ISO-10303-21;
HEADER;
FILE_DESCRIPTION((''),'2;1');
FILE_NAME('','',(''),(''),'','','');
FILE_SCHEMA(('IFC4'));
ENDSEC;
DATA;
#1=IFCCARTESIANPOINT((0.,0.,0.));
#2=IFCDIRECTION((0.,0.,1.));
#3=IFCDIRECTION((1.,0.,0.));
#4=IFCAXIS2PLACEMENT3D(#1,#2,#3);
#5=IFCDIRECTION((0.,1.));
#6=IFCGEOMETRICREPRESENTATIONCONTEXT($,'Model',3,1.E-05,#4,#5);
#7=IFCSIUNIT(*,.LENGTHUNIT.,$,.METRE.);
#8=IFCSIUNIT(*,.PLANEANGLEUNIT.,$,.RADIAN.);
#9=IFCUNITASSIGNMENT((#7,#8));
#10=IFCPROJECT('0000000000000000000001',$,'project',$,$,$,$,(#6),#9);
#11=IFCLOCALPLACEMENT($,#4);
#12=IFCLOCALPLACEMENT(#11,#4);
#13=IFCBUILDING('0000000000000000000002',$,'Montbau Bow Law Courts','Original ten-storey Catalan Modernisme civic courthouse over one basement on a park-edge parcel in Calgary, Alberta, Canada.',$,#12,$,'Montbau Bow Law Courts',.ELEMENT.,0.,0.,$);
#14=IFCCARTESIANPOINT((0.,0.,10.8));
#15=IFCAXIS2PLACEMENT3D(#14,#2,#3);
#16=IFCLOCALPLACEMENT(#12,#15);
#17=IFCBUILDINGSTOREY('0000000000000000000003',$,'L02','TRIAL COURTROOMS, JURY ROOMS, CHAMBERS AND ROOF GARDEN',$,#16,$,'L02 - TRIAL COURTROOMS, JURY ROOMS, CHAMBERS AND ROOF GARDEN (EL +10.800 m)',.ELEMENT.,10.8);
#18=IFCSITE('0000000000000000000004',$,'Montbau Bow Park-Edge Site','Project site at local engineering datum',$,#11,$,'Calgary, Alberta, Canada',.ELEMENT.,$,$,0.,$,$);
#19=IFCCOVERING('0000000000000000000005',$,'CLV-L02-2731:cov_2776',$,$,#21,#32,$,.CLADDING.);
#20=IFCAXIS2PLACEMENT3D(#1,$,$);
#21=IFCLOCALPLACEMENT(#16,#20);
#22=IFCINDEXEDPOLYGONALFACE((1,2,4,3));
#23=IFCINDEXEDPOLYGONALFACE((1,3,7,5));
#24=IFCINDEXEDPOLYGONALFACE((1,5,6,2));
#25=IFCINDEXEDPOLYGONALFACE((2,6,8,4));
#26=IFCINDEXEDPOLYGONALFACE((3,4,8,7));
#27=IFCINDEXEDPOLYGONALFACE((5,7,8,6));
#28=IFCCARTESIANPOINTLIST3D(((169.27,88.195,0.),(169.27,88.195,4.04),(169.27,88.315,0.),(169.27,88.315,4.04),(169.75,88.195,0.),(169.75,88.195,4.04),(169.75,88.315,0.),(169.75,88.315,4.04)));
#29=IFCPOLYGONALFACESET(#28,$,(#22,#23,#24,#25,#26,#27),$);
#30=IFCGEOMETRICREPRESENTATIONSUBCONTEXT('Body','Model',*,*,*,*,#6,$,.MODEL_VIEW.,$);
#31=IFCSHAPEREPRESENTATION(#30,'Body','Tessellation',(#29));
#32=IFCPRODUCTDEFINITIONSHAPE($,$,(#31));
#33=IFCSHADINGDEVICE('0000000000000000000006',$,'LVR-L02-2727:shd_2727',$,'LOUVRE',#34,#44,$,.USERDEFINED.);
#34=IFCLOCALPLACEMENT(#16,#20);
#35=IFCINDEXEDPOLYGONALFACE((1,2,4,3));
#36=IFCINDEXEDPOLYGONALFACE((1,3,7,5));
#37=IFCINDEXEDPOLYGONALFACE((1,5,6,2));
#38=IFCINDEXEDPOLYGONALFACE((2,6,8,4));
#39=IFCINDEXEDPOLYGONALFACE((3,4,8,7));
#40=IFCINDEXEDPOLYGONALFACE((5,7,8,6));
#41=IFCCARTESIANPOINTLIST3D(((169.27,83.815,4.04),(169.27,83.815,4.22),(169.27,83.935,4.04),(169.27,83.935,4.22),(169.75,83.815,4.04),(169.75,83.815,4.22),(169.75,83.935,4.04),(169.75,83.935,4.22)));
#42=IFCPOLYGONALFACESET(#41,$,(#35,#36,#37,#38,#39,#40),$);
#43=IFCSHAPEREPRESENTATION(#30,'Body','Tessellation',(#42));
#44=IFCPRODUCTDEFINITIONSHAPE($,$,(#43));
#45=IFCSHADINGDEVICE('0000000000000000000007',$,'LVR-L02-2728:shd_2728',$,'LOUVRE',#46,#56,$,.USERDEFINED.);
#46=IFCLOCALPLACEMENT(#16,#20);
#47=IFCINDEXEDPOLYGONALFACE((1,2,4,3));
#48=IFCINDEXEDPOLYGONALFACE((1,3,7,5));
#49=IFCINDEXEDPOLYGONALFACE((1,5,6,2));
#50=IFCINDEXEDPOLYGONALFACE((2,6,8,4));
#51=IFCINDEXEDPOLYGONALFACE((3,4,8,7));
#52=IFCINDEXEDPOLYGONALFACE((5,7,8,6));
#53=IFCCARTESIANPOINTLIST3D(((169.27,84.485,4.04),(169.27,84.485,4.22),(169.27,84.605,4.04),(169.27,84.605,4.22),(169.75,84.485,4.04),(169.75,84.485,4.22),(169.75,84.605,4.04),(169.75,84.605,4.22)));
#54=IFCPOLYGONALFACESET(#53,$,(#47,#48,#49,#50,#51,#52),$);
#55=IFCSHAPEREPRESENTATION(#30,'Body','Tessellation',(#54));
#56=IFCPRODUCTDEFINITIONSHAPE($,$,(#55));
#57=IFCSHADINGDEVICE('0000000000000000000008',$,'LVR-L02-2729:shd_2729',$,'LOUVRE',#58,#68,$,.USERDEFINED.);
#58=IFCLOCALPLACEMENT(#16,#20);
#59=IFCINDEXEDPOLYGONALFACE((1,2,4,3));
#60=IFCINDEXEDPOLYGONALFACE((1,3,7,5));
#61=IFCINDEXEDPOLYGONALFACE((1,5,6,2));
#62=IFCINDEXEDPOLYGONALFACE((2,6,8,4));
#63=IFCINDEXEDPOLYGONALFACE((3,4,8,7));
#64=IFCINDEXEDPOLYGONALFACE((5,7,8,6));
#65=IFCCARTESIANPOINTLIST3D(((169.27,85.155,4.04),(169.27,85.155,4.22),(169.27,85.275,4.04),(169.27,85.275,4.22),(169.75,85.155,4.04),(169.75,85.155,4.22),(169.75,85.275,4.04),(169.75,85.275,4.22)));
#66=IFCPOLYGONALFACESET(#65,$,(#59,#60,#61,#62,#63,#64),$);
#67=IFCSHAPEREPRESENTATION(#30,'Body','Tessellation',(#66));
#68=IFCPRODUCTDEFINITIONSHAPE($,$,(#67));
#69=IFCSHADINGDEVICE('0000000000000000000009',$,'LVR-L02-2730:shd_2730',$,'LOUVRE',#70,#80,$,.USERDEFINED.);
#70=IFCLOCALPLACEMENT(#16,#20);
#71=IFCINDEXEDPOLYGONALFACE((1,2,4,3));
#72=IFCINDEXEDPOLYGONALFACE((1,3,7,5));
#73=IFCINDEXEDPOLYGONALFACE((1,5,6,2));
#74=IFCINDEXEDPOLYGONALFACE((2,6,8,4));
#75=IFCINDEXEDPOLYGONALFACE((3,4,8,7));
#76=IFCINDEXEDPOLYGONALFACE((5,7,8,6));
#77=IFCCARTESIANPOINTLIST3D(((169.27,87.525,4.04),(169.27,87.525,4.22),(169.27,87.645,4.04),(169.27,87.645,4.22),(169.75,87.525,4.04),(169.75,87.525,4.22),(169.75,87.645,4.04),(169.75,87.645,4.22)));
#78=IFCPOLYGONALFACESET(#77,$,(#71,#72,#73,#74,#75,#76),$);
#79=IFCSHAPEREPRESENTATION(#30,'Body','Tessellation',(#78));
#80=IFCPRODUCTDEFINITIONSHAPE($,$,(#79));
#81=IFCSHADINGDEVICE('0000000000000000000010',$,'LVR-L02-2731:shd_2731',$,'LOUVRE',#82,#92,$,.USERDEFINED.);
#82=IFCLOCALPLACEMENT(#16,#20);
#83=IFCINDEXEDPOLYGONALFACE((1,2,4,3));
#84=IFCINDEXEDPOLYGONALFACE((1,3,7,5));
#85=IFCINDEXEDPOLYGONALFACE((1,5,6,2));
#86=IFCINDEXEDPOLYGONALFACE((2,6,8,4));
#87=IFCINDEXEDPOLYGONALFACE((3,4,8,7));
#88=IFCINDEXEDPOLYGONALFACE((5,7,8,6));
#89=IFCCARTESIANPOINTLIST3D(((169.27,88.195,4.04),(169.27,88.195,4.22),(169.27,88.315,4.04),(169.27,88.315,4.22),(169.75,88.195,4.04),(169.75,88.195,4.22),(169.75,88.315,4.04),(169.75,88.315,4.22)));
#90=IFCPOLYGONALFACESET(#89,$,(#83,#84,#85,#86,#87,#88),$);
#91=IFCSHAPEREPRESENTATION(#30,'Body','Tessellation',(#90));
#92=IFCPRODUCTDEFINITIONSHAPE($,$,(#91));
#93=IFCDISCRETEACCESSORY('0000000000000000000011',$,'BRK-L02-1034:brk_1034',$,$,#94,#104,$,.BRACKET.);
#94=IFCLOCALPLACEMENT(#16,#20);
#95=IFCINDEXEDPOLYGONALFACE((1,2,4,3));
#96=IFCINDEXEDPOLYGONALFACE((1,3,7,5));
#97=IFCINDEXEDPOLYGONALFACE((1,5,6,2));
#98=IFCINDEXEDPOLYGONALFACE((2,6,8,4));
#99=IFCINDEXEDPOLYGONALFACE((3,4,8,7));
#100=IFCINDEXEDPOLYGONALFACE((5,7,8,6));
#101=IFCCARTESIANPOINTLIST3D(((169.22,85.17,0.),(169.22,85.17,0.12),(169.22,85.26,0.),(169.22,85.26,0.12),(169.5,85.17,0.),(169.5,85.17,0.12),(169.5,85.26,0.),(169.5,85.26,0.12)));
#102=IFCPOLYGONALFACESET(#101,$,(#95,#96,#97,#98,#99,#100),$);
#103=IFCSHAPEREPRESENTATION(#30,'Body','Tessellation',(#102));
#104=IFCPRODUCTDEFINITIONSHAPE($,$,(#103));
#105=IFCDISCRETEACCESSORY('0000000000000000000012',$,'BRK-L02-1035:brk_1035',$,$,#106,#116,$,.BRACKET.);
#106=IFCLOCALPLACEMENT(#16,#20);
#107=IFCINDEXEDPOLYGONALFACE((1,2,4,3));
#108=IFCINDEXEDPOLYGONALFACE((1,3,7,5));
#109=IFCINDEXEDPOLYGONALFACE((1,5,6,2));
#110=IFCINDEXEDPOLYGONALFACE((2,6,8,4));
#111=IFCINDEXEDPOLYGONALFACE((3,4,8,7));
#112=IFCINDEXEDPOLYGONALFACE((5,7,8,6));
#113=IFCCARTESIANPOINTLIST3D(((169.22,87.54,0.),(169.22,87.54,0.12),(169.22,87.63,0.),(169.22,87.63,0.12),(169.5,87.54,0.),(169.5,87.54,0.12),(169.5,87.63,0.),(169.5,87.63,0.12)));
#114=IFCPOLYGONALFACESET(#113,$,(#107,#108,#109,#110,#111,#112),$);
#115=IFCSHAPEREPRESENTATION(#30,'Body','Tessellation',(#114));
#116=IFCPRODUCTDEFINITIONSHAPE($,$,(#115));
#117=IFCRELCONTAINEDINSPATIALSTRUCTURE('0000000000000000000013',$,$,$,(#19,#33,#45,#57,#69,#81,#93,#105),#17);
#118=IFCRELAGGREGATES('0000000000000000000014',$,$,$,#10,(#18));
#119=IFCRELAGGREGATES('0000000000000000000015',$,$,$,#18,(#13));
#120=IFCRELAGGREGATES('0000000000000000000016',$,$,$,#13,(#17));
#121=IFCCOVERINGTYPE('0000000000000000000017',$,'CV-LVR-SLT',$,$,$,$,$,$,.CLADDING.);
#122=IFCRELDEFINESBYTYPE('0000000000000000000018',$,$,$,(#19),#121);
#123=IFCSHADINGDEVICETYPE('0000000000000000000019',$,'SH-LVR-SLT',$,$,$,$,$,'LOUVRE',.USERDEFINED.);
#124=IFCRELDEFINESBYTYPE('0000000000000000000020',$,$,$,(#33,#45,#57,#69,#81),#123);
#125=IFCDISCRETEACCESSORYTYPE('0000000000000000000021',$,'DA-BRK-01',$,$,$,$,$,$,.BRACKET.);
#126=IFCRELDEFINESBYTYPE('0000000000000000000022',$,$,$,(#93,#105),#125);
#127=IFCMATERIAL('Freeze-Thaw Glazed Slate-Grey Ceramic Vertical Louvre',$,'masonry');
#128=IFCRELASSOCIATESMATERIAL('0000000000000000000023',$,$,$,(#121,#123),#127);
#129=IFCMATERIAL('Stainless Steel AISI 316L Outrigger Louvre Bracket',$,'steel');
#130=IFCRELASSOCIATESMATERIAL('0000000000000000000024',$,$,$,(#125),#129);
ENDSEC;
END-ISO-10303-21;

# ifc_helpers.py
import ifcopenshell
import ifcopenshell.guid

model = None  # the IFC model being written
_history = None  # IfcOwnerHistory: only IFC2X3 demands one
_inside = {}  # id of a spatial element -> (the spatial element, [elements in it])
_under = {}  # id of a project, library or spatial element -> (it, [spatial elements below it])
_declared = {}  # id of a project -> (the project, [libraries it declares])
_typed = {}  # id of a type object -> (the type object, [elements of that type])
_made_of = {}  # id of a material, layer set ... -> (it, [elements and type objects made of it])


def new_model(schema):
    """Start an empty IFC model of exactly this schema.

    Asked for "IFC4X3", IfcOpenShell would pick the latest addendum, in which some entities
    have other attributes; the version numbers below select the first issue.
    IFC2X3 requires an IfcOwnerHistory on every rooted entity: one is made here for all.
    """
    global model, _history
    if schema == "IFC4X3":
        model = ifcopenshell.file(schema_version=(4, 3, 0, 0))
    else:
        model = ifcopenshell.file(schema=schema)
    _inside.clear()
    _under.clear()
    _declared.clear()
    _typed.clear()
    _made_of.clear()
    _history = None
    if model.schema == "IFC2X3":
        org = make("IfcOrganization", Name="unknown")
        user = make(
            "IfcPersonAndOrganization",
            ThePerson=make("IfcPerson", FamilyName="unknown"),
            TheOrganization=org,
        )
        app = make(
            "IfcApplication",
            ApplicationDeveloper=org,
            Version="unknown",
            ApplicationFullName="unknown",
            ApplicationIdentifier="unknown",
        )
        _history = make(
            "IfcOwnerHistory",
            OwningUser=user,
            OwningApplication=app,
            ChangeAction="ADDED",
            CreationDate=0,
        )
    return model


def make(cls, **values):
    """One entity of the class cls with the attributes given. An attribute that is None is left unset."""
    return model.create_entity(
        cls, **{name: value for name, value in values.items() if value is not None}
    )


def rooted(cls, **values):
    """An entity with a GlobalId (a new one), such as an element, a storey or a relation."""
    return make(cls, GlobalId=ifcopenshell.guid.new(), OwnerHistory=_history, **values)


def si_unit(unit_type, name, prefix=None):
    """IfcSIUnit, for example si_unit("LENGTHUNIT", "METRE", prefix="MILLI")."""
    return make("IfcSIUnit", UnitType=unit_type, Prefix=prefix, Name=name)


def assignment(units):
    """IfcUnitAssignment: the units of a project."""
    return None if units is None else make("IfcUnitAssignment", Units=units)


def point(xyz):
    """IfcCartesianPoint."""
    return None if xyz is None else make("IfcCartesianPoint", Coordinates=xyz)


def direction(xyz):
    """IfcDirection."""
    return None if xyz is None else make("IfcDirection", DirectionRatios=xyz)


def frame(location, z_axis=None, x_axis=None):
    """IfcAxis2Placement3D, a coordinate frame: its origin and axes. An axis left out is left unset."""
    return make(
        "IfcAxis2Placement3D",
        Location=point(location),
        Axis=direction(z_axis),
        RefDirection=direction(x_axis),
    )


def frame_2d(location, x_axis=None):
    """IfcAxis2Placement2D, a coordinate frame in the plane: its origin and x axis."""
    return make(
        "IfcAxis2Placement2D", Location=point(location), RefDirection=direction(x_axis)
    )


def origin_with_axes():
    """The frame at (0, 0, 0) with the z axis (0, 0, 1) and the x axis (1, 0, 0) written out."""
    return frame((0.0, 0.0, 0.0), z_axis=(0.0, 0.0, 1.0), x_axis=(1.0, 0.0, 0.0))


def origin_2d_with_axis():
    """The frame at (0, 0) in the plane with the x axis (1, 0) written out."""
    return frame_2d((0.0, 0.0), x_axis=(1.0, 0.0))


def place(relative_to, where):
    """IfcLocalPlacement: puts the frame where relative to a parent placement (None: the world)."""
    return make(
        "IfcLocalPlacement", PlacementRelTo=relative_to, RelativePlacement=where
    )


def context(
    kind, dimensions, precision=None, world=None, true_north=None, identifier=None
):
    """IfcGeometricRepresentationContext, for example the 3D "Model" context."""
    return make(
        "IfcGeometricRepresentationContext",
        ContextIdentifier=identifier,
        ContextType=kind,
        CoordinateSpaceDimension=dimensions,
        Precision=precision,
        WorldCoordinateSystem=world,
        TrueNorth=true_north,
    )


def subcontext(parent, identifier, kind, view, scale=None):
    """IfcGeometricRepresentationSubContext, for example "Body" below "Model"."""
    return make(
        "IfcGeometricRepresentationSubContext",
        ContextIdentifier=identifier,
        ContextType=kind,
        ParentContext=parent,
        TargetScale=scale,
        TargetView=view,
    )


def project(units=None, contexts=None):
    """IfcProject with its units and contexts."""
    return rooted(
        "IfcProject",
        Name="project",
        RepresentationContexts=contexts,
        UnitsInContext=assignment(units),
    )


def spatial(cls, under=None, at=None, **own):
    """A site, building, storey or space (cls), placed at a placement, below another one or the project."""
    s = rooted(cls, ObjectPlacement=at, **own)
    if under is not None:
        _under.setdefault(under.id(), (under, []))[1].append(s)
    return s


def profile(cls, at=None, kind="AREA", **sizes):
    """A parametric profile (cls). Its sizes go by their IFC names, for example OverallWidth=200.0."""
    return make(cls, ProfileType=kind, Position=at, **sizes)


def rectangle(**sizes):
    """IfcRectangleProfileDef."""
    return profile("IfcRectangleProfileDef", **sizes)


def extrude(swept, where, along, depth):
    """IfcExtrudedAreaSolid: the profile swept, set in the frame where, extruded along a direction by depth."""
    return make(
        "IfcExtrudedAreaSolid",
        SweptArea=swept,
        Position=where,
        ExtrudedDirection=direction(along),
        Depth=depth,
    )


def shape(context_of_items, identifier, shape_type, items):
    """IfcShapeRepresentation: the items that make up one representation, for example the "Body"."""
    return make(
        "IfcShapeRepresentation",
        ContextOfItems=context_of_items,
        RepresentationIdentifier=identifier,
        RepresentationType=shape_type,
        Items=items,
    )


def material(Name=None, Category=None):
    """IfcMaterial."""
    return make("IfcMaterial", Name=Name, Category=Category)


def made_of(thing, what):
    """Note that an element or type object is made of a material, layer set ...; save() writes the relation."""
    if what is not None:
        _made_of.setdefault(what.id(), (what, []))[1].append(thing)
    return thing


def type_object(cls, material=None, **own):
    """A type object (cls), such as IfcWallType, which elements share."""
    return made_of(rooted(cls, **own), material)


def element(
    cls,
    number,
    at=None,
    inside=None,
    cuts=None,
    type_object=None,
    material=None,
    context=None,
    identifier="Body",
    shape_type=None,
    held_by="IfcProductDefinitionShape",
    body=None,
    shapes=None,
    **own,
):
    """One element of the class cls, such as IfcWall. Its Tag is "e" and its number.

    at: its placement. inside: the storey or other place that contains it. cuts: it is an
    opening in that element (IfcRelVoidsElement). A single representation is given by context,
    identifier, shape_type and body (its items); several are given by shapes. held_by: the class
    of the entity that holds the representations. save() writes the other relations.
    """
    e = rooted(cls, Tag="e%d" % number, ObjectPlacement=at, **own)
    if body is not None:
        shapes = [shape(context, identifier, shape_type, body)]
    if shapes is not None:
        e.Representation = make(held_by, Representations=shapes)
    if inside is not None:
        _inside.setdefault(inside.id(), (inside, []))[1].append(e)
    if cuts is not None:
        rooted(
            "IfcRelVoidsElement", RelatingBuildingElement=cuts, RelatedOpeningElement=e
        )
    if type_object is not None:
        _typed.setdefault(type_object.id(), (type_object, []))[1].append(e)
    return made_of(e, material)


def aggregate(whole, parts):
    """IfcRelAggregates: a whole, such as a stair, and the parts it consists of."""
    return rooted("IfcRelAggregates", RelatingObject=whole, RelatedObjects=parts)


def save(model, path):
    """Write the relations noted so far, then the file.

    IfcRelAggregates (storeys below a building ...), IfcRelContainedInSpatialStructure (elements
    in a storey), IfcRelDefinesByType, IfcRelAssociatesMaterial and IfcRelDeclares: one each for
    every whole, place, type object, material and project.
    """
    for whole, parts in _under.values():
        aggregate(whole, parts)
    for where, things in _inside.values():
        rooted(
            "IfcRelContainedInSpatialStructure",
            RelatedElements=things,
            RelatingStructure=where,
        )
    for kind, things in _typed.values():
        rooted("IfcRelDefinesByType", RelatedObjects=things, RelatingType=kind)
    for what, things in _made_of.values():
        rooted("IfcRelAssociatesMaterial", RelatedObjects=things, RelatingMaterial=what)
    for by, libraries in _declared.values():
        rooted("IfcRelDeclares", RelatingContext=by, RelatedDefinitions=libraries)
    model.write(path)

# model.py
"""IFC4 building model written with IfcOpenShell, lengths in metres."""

from ifc_helpers import new_model, si_unit, direction, frame, frame_2d, origin_with_axes, origin_2d_with_axis, place, context, subcontext, project, spatial, rectangle, extrude, material, type_object, element, save


model = new_model("IFC4")

# Units and contexts
model_context = context("Model", 3, precision=1e-05, world=origin_with_axes(), true_north=direction((0.0, 1.0)))
body_context = subcontext(model_context, "Body", "Model", "MODEL_VIEW")
ifc_project = project(units=[si_unit("LENGTHUNIT", "METRE"), si_unit("PLANEANGLEUNIT", "RADIAN")], contexts=[model_context])

# Site, building, storey
site_placement = place(None, origin_with_axes())
site = spatial("IfcSite", under=ifc_project, at=site_placement, Name="Montbau Bow Park-Edge Site", Description="Project site at local engineering datum", LongName="Calgary, Alberta, Canada", CompositionType="ELEMENT", RefElevation=0.0)
building_placement = place(site_placement, origin_with_axes())
building = spatial("IfcBuilding", under=site, at=building_placement, Name="Montbau Bow Law Courts", Description="Original ten-storey Catalan Modernisme civic courthouse over one basement on a park-edge parcel in Calgary, Alberta, Canada.", LongName="Montbau Bow Law Courts", CompositionType="ELEMENT", ElevationOfRefHeight=0.0, ElevationOfTerrain=0.0)
storey_placement = place(building_placement, frame((0.0, 0.0, 10.8), z_axis=(0.0, 0.0, 1.0), x_axis=(1.0, 0.0, 0.0)))
storey = spatial("IfcBuildingStorey", under=building, at=storey_placement, Name="L02", Description="TRIAL COURTROOMS, JURY ROOMS, CHAMBERS AND ROOF GARDEN", LongName="L02 - TRIAL COURTROOMS, JURY ROOMS, CHAMBERS AND ROOF GARDEN (EL +10.800 m)", CompositionType="ELEMENT", Elevation=10.8)

# Covering
ifc_material_1 = material(Name="Freeze-Thaw Glazed Slate-Grey Ceramic Vertical Louvre", Category="masonry")
covering_type = type_object("IfcCoveringType", Name="CV-LVR-SLT", PredefinedType="CLADDING", material=ifc_material_1)
for number, where, z_axis, x_axis, name in (
    (1, (169.27, 88.255, 10.8), (0.0, -1.0, 0.0), (1.0, 0.0, 0.0), "CLV-L02-2731:cov_2776"),
):
    element("IfcCovering", number, at=place(None, frame(where, z_axis=z_axis, x_axis=x_axis)), inside=storey, type_object=covering_type, Name=name, PredefinedType="CLADDING", context=body_context, shape_type="SweptSolid", body=[
        extrude(rectangle(XDim=0.48, YDim=4.04, at=frame_2d((0.24, 2.02), x_axis=(1.0, 0.0))), frame((0.0, 0.0, -0.06), z_axis=(0.0, 0.0, 1.0), x_axis=(1.0, 0.0, 0.0)), (0.0, 0.0, 1.0), 0.12),
    ])

# Shading devices
shading_device_type = type_object("IfcShadingDeviceType", Name="SH-LVR-SLT", ElementType="LOUVRE", PredefinedType="USERDEFINED", material=ifc_material_1)
for number, where, z_axis, x_axis, name in (
    (2, (169.51, 83.875, 14.84), (0.0, 0.0, 1.0), (1.0, 0.0, 0.0), "LVR-L02-2727:shd_2727"),
    (3, (169.51, 84.545, 14.84), (0.0, 0.0, 1.0), (1.0, 0.0, 0.0), "LVR-L02-2728:shd_2728"),
    (4, (169.51, 85.215, 14.84), (0.0, 0.0, 1.0), (1.0, 0.0, 0.0), "LVR-L02-2729:shd_2729"),
    (5, (169.51, 87.585, 14.84), (0.0, 0.0, 1.0), (1.0, 0.0, 0.0), "LVR-L02-2730:shd_2730"),
    (6, (169.51, 88.255, 14.84), (0.0, 0.0, 1.0), (1.0, 0.0, 0.0), "LVR-L02-2731:shd_2731"),
):
    element("IfcShadingDevice", number, at=place(None, frame(where, z_axis=z_axis, x_axis=x_axis)), inside=storey, type_object=shading_device_type, Name=name, ObjectType="LOUVRE", PredefinedType="USERDEFINED", context=body_context, shape_type="SweptSolid", body=[
        extrude(rectangle(XDim=0.48, YDim=0.12, at=origin_2d_with_axis()), origin_with_axes(), (0.0, 0.0, 1.0), 0.18),
    ])

# Discrete accessories
ifc_material_2 = material(Name="Stainless Steel AISI 316L Outrigger Louvre Bracket", Category="steel")
discrete_accessory_type = type_object("IfcDiscreteAccessoryType", Name="DA-BRK-01", PredefinedType="BRACKET", material=ifc_material_2)
for number, where, z_axis, x_axis, name in (
    (7, (169.36, 85.215, 10.8), (0.0, 0.0, 1.0), (1.0, 0.0, 0.0), "BRK-L02-1034:brk_1034"),
    (8, (169.36, 87.585, 10.8), (0.0, 0.0, 1.0), (1.0, 0.0, 0.0), "BRK-L02-1035:brk_1035"),
):
    element("IfcDiscreteAccessory", number, at=place(None, frame(where, z_axis=z_axis, x_axis=x_axis)), inside=storey, type_object=discrete_accessory_type, Name=name, PredefinedType="BRACKET", context=body_context, shape_type="SweptSolid", body=[
        extrude(rectangle(XDim=0.28, YDim=0.09, at=origin_2d_with_axis()), origin_with_axes(), (0.0, 0.0, 1.0), 0.12),
    ])

save(model, "model.ifc")
